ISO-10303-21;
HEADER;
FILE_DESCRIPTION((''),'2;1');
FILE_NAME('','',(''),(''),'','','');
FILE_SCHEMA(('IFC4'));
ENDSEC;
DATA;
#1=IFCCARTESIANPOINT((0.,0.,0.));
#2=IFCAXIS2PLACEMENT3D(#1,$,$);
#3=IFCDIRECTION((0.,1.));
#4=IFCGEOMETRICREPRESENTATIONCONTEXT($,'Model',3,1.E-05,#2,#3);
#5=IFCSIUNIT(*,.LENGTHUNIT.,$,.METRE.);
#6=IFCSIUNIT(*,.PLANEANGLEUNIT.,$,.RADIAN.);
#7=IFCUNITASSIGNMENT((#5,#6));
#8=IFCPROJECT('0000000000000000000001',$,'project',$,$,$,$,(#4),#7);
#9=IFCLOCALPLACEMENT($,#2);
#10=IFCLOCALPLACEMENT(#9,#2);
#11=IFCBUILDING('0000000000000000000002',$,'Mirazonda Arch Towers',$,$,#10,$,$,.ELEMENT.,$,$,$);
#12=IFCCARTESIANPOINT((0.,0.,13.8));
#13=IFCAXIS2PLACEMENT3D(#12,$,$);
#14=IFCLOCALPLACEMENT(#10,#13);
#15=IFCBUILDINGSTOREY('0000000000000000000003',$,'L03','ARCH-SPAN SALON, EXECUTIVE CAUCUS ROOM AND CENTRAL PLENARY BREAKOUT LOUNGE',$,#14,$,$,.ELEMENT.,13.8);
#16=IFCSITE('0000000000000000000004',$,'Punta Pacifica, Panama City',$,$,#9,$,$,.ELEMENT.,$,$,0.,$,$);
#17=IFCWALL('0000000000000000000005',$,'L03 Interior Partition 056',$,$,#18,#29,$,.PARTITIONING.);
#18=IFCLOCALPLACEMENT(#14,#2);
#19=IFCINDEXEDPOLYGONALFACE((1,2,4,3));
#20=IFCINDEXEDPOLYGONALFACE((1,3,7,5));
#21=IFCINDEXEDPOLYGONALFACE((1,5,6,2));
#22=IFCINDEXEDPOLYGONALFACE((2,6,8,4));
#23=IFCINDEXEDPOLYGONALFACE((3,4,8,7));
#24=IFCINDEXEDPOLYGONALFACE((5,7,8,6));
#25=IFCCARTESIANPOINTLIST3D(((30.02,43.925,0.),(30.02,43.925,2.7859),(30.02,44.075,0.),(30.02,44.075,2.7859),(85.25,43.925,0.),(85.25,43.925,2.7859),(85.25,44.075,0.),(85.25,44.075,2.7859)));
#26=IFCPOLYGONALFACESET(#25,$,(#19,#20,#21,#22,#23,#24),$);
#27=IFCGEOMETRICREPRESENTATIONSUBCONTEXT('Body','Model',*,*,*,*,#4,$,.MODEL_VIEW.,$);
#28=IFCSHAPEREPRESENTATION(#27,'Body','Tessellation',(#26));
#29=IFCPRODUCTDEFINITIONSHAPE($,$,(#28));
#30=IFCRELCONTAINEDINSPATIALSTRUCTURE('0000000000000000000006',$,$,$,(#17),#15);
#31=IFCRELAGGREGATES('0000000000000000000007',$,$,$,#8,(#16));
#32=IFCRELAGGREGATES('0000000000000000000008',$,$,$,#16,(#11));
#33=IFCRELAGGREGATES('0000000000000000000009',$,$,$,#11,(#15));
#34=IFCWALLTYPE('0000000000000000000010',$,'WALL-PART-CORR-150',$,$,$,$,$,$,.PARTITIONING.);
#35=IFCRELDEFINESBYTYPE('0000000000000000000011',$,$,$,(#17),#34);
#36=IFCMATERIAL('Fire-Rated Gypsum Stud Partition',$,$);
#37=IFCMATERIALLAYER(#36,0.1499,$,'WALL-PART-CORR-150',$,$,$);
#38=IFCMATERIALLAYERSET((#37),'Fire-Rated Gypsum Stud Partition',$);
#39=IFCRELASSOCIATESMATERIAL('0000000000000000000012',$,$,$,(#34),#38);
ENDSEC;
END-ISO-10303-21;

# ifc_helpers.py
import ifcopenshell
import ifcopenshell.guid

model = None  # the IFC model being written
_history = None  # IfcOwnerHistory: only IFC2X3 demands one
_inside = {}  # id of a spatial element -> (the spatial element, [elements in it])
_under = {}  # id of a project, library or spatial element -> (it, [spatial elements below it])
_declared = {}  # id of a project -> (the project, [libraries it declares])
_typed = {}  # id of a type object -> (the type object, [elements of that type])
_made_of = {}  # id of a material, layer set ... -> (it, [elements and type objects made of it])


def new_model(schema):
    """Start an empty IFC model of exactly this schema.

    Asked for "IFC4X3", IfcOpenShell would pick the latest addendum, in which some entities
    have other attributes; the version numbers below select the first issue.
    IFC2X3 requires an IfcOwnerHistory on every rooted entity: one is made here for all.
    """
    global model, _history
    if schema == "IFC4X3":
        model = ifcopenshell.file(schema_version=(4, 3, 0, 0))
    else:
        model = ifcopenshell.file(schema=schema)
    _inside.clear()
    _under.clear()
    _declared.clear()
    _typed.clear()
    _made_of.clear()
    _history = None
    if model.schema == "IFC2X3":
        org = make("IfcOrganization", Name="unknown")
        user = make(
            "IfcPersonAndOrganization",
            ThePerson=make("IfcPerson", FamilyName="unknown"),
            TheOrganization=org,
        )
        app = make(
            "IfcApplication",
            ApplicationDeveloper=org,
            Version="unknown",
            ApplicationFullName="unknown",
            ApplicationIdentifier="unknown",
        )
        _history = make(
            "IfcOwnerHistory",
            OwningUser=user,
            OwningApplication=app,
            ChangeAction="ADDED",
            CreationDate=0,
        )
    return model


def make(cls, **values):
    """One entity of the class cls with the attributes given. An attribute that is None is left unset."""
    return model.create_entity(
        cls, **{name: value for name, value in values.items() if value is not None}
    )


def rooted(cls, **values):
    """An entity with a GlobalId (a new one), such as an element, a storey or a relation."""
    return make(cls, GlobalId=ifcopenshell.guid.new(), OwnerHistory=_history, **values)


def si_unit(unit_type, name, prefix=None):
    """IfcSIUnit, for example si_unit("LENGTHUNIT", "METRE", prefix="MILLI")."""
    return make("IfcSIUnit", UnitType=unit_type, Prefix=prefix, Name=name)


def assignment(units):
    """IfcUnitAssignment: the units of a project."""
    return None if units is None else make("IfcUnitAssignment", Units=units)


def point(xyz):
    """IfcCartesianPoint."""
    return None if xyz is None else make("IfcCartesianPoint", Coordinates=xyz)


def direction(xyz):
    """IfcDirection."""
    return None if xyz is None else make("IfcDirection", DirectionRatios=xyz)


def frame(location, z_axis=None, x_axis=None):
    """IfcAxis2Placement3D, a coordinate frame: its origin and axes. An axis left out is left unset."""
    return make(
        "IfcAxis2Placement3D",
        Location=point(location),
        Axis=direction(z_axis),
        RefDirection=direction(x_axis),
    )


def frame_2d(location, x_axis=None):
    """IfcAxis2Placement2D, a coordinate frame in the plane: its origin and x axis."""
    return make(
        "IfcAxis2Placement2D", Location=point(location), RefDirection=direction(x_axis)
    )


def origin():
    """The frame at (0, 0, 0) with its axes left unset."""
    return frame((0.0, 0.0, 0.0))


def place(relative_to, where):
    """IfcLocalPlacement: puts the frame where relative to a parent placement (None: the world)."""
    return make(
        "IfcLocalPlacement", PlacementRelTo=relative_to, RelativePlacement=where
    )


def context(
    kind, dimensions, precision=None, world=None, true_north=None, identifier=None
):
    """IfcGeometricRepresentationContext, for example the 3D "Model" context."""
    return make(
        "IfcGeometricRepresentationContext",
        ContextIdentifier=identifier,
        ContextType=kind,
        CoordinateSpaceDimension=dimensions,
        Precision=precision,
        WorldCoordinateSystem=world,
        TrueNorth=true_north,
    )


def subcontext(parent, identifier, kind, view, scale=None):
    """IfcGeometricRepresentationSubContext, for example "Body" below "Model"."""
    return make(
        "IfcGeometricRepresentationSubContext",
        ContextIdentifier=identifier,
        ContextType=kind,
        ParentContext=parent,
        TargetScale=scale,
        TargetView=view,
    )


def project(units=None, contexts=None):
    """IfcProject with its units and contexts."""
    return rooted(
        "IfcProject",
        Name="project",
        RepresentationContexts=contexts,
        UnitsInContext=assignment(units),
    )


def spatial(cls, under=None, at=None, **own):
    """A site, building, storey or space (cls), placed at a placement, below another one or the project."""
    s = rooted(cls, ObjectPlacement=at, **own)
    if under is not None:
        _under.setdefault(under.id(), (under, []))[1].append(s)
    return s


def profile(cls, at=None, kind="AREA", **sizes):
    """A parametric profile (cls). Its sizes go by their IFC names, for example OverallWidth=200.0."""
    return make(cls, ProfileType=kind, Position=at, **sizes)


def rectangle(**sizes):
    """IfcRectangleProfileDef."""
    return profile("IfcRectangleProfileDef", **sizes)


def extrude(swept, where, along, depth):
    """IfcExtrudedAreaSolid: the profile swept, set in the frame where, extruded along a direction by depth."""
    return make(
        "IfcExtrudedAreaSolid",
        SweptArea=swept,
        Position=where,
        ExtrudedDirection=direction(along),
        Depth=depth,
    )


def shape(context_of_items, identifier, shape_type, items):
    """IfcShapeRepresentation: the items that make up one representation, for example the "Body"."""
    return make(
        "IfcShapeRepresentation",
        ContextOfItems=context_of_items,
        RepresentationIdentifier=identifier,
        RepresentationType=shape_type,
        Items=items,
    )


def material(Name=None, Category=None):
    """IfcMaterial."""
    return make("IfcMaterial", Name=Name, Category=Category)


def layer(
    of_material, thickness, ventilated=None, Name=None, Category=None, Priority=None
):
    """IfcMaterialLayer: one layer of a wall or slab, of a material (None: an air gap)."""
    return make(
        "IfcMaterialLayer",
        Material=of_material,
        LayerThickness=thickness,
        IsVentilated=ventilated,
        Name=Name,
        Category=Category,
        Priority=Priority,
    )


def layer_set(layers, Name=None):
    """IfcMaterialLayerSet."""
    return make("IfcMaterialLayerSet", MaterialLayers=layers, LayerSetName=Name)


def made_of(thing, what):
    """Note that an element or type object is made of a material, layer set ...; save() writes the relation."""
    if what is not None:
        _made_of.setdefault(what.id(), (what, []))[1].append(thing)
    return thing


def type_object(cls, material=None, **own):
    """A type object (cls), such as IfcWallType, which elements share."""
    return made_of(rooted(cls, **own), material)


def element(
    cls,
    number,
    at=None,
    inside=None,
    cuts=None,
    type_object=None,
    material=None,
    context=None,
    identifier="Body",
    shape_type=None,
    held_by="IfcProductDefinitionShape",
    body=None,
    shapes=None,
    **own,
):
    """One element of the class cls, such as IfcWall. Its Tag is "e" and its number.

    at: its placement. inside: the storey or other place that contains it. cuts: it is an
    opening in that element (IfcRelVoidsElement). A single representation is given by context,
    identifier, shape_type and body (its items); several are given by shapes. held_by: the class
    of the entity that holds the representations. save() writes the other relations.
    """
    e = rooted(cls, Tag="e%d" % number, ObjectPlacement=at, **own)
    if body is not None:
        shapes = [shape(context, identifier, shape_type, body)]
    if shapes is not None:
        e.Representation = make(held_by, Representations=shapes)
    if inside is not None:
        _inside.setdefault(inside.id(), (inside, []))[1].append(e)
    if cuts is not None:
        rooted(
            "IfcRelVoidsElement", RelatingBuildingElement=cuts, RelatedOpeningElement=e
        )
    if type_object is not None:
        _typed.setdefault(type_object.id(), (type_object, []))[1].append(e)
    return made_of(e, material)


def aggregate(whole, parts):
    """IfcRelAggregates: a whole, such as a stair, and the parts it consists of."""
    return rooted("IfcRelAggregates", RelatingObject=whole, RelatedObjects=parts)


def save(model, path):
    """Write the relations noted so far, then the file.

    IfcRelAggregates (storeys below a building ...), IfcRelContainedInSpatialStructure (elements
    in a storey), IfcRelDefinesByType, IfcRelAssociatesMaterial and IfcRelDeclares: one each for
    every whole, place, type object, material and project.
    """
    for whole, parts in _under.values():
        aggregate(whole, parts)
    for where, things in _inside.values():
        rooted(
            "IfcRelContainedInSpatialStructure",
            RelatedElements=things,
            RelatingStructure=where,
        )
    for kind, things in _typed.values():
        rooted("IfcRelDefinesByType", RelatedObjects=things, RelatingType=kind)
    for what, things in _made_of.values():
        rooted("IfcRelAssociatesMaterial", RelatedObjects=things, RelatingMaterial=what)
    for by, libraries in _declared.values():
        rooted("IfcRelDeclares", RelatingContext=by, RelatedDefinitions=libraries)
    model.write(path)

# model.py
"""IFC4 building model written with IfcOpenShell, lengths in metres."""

from ifc_helpers import new_model, si_unit, direction, frame, frame_2d, origin, place, context, subcontext, project, spatial, rectangle, extrude, material, layer, layer_set, type_object, element, save


model = new_model("IFC4")

# Units and contexts
model_context = context("Model", 3, precision=1e-05, world=origin(), true_north=direction((0.0, 1.0)))
body_context = subcontext(model_context, "Body", "Model", "MODEL_VIEW")
ifc_project = project(units=[si_unit("LENGTHUNIT", "METRE"), si_unit("PLANEANGLEUNIT", "RADIAN")], contexts=[model_context])

# Site, building, storey
site_placement = place(None, origin())
site = spatial("IfcSite", under=ifc_project, at=site_placement, Name="Punta Pacifica, Panama City", CompositionType="ELEMENT", RefElevation=0.0)
building_placement = place(site_placement, origin())
building = spatial("IfcBuilding", under=site, at=building_placement, Name="Mirazonda Arch Towers", CompositionType="ELEMENT")
storey_placement = place(building_placement, frame((0.0, 0.0, 13.8)))
storey = spatial("IfcBuildingStorey", under=building, at=storey_placement, Name="L03", Description="ARCH-SPAN SALON, EXECUTIVE CAUCUS ROOM AND CENTRAL PLENARY BREAKOUT LOUNGE", CompositionType="ELEMENT", Elevation=13.8)

# Wall
ifc_material_1 = material(Name="Fire-Rated Gypsum Stud Partition")
ifc_layer_1 = layer(ifc_material_1, 0.1499, Name="WALL-PART-CORR-150")
ifc_layer_set_1 = layer_set([ifc_layer_1], Name="Fire-Rated Gypsum Stud Partition")
wall_type = type_object("IfcWallType", Name="WALL-PART-CORR-150", PredefinedType="PARTITIONING", material=ifc_layer_set_1)
wall_placement = place(storey_placement, frame((30.02, 44.0, 0.0), z_axis=(0.0, 0.0, 1.0), x_axis=(1.0, 0.0, 0.0)))
element("IfcWall", 1, at=wall_placement, inside=storey, type_object=wall_type, Name="L03 Interior Partition 056", PredefinedType="PARTITIONING", context=body_context, shape_type="SweptSolid", body=[
    extrude(rectangle(XDim=55.23, YDim=0.1499, at=frame_2d((27.615, 0.0))), origin(), (0.0, 0.0, 1.0), 2.7859),
])

save(model, "model.ifc")
